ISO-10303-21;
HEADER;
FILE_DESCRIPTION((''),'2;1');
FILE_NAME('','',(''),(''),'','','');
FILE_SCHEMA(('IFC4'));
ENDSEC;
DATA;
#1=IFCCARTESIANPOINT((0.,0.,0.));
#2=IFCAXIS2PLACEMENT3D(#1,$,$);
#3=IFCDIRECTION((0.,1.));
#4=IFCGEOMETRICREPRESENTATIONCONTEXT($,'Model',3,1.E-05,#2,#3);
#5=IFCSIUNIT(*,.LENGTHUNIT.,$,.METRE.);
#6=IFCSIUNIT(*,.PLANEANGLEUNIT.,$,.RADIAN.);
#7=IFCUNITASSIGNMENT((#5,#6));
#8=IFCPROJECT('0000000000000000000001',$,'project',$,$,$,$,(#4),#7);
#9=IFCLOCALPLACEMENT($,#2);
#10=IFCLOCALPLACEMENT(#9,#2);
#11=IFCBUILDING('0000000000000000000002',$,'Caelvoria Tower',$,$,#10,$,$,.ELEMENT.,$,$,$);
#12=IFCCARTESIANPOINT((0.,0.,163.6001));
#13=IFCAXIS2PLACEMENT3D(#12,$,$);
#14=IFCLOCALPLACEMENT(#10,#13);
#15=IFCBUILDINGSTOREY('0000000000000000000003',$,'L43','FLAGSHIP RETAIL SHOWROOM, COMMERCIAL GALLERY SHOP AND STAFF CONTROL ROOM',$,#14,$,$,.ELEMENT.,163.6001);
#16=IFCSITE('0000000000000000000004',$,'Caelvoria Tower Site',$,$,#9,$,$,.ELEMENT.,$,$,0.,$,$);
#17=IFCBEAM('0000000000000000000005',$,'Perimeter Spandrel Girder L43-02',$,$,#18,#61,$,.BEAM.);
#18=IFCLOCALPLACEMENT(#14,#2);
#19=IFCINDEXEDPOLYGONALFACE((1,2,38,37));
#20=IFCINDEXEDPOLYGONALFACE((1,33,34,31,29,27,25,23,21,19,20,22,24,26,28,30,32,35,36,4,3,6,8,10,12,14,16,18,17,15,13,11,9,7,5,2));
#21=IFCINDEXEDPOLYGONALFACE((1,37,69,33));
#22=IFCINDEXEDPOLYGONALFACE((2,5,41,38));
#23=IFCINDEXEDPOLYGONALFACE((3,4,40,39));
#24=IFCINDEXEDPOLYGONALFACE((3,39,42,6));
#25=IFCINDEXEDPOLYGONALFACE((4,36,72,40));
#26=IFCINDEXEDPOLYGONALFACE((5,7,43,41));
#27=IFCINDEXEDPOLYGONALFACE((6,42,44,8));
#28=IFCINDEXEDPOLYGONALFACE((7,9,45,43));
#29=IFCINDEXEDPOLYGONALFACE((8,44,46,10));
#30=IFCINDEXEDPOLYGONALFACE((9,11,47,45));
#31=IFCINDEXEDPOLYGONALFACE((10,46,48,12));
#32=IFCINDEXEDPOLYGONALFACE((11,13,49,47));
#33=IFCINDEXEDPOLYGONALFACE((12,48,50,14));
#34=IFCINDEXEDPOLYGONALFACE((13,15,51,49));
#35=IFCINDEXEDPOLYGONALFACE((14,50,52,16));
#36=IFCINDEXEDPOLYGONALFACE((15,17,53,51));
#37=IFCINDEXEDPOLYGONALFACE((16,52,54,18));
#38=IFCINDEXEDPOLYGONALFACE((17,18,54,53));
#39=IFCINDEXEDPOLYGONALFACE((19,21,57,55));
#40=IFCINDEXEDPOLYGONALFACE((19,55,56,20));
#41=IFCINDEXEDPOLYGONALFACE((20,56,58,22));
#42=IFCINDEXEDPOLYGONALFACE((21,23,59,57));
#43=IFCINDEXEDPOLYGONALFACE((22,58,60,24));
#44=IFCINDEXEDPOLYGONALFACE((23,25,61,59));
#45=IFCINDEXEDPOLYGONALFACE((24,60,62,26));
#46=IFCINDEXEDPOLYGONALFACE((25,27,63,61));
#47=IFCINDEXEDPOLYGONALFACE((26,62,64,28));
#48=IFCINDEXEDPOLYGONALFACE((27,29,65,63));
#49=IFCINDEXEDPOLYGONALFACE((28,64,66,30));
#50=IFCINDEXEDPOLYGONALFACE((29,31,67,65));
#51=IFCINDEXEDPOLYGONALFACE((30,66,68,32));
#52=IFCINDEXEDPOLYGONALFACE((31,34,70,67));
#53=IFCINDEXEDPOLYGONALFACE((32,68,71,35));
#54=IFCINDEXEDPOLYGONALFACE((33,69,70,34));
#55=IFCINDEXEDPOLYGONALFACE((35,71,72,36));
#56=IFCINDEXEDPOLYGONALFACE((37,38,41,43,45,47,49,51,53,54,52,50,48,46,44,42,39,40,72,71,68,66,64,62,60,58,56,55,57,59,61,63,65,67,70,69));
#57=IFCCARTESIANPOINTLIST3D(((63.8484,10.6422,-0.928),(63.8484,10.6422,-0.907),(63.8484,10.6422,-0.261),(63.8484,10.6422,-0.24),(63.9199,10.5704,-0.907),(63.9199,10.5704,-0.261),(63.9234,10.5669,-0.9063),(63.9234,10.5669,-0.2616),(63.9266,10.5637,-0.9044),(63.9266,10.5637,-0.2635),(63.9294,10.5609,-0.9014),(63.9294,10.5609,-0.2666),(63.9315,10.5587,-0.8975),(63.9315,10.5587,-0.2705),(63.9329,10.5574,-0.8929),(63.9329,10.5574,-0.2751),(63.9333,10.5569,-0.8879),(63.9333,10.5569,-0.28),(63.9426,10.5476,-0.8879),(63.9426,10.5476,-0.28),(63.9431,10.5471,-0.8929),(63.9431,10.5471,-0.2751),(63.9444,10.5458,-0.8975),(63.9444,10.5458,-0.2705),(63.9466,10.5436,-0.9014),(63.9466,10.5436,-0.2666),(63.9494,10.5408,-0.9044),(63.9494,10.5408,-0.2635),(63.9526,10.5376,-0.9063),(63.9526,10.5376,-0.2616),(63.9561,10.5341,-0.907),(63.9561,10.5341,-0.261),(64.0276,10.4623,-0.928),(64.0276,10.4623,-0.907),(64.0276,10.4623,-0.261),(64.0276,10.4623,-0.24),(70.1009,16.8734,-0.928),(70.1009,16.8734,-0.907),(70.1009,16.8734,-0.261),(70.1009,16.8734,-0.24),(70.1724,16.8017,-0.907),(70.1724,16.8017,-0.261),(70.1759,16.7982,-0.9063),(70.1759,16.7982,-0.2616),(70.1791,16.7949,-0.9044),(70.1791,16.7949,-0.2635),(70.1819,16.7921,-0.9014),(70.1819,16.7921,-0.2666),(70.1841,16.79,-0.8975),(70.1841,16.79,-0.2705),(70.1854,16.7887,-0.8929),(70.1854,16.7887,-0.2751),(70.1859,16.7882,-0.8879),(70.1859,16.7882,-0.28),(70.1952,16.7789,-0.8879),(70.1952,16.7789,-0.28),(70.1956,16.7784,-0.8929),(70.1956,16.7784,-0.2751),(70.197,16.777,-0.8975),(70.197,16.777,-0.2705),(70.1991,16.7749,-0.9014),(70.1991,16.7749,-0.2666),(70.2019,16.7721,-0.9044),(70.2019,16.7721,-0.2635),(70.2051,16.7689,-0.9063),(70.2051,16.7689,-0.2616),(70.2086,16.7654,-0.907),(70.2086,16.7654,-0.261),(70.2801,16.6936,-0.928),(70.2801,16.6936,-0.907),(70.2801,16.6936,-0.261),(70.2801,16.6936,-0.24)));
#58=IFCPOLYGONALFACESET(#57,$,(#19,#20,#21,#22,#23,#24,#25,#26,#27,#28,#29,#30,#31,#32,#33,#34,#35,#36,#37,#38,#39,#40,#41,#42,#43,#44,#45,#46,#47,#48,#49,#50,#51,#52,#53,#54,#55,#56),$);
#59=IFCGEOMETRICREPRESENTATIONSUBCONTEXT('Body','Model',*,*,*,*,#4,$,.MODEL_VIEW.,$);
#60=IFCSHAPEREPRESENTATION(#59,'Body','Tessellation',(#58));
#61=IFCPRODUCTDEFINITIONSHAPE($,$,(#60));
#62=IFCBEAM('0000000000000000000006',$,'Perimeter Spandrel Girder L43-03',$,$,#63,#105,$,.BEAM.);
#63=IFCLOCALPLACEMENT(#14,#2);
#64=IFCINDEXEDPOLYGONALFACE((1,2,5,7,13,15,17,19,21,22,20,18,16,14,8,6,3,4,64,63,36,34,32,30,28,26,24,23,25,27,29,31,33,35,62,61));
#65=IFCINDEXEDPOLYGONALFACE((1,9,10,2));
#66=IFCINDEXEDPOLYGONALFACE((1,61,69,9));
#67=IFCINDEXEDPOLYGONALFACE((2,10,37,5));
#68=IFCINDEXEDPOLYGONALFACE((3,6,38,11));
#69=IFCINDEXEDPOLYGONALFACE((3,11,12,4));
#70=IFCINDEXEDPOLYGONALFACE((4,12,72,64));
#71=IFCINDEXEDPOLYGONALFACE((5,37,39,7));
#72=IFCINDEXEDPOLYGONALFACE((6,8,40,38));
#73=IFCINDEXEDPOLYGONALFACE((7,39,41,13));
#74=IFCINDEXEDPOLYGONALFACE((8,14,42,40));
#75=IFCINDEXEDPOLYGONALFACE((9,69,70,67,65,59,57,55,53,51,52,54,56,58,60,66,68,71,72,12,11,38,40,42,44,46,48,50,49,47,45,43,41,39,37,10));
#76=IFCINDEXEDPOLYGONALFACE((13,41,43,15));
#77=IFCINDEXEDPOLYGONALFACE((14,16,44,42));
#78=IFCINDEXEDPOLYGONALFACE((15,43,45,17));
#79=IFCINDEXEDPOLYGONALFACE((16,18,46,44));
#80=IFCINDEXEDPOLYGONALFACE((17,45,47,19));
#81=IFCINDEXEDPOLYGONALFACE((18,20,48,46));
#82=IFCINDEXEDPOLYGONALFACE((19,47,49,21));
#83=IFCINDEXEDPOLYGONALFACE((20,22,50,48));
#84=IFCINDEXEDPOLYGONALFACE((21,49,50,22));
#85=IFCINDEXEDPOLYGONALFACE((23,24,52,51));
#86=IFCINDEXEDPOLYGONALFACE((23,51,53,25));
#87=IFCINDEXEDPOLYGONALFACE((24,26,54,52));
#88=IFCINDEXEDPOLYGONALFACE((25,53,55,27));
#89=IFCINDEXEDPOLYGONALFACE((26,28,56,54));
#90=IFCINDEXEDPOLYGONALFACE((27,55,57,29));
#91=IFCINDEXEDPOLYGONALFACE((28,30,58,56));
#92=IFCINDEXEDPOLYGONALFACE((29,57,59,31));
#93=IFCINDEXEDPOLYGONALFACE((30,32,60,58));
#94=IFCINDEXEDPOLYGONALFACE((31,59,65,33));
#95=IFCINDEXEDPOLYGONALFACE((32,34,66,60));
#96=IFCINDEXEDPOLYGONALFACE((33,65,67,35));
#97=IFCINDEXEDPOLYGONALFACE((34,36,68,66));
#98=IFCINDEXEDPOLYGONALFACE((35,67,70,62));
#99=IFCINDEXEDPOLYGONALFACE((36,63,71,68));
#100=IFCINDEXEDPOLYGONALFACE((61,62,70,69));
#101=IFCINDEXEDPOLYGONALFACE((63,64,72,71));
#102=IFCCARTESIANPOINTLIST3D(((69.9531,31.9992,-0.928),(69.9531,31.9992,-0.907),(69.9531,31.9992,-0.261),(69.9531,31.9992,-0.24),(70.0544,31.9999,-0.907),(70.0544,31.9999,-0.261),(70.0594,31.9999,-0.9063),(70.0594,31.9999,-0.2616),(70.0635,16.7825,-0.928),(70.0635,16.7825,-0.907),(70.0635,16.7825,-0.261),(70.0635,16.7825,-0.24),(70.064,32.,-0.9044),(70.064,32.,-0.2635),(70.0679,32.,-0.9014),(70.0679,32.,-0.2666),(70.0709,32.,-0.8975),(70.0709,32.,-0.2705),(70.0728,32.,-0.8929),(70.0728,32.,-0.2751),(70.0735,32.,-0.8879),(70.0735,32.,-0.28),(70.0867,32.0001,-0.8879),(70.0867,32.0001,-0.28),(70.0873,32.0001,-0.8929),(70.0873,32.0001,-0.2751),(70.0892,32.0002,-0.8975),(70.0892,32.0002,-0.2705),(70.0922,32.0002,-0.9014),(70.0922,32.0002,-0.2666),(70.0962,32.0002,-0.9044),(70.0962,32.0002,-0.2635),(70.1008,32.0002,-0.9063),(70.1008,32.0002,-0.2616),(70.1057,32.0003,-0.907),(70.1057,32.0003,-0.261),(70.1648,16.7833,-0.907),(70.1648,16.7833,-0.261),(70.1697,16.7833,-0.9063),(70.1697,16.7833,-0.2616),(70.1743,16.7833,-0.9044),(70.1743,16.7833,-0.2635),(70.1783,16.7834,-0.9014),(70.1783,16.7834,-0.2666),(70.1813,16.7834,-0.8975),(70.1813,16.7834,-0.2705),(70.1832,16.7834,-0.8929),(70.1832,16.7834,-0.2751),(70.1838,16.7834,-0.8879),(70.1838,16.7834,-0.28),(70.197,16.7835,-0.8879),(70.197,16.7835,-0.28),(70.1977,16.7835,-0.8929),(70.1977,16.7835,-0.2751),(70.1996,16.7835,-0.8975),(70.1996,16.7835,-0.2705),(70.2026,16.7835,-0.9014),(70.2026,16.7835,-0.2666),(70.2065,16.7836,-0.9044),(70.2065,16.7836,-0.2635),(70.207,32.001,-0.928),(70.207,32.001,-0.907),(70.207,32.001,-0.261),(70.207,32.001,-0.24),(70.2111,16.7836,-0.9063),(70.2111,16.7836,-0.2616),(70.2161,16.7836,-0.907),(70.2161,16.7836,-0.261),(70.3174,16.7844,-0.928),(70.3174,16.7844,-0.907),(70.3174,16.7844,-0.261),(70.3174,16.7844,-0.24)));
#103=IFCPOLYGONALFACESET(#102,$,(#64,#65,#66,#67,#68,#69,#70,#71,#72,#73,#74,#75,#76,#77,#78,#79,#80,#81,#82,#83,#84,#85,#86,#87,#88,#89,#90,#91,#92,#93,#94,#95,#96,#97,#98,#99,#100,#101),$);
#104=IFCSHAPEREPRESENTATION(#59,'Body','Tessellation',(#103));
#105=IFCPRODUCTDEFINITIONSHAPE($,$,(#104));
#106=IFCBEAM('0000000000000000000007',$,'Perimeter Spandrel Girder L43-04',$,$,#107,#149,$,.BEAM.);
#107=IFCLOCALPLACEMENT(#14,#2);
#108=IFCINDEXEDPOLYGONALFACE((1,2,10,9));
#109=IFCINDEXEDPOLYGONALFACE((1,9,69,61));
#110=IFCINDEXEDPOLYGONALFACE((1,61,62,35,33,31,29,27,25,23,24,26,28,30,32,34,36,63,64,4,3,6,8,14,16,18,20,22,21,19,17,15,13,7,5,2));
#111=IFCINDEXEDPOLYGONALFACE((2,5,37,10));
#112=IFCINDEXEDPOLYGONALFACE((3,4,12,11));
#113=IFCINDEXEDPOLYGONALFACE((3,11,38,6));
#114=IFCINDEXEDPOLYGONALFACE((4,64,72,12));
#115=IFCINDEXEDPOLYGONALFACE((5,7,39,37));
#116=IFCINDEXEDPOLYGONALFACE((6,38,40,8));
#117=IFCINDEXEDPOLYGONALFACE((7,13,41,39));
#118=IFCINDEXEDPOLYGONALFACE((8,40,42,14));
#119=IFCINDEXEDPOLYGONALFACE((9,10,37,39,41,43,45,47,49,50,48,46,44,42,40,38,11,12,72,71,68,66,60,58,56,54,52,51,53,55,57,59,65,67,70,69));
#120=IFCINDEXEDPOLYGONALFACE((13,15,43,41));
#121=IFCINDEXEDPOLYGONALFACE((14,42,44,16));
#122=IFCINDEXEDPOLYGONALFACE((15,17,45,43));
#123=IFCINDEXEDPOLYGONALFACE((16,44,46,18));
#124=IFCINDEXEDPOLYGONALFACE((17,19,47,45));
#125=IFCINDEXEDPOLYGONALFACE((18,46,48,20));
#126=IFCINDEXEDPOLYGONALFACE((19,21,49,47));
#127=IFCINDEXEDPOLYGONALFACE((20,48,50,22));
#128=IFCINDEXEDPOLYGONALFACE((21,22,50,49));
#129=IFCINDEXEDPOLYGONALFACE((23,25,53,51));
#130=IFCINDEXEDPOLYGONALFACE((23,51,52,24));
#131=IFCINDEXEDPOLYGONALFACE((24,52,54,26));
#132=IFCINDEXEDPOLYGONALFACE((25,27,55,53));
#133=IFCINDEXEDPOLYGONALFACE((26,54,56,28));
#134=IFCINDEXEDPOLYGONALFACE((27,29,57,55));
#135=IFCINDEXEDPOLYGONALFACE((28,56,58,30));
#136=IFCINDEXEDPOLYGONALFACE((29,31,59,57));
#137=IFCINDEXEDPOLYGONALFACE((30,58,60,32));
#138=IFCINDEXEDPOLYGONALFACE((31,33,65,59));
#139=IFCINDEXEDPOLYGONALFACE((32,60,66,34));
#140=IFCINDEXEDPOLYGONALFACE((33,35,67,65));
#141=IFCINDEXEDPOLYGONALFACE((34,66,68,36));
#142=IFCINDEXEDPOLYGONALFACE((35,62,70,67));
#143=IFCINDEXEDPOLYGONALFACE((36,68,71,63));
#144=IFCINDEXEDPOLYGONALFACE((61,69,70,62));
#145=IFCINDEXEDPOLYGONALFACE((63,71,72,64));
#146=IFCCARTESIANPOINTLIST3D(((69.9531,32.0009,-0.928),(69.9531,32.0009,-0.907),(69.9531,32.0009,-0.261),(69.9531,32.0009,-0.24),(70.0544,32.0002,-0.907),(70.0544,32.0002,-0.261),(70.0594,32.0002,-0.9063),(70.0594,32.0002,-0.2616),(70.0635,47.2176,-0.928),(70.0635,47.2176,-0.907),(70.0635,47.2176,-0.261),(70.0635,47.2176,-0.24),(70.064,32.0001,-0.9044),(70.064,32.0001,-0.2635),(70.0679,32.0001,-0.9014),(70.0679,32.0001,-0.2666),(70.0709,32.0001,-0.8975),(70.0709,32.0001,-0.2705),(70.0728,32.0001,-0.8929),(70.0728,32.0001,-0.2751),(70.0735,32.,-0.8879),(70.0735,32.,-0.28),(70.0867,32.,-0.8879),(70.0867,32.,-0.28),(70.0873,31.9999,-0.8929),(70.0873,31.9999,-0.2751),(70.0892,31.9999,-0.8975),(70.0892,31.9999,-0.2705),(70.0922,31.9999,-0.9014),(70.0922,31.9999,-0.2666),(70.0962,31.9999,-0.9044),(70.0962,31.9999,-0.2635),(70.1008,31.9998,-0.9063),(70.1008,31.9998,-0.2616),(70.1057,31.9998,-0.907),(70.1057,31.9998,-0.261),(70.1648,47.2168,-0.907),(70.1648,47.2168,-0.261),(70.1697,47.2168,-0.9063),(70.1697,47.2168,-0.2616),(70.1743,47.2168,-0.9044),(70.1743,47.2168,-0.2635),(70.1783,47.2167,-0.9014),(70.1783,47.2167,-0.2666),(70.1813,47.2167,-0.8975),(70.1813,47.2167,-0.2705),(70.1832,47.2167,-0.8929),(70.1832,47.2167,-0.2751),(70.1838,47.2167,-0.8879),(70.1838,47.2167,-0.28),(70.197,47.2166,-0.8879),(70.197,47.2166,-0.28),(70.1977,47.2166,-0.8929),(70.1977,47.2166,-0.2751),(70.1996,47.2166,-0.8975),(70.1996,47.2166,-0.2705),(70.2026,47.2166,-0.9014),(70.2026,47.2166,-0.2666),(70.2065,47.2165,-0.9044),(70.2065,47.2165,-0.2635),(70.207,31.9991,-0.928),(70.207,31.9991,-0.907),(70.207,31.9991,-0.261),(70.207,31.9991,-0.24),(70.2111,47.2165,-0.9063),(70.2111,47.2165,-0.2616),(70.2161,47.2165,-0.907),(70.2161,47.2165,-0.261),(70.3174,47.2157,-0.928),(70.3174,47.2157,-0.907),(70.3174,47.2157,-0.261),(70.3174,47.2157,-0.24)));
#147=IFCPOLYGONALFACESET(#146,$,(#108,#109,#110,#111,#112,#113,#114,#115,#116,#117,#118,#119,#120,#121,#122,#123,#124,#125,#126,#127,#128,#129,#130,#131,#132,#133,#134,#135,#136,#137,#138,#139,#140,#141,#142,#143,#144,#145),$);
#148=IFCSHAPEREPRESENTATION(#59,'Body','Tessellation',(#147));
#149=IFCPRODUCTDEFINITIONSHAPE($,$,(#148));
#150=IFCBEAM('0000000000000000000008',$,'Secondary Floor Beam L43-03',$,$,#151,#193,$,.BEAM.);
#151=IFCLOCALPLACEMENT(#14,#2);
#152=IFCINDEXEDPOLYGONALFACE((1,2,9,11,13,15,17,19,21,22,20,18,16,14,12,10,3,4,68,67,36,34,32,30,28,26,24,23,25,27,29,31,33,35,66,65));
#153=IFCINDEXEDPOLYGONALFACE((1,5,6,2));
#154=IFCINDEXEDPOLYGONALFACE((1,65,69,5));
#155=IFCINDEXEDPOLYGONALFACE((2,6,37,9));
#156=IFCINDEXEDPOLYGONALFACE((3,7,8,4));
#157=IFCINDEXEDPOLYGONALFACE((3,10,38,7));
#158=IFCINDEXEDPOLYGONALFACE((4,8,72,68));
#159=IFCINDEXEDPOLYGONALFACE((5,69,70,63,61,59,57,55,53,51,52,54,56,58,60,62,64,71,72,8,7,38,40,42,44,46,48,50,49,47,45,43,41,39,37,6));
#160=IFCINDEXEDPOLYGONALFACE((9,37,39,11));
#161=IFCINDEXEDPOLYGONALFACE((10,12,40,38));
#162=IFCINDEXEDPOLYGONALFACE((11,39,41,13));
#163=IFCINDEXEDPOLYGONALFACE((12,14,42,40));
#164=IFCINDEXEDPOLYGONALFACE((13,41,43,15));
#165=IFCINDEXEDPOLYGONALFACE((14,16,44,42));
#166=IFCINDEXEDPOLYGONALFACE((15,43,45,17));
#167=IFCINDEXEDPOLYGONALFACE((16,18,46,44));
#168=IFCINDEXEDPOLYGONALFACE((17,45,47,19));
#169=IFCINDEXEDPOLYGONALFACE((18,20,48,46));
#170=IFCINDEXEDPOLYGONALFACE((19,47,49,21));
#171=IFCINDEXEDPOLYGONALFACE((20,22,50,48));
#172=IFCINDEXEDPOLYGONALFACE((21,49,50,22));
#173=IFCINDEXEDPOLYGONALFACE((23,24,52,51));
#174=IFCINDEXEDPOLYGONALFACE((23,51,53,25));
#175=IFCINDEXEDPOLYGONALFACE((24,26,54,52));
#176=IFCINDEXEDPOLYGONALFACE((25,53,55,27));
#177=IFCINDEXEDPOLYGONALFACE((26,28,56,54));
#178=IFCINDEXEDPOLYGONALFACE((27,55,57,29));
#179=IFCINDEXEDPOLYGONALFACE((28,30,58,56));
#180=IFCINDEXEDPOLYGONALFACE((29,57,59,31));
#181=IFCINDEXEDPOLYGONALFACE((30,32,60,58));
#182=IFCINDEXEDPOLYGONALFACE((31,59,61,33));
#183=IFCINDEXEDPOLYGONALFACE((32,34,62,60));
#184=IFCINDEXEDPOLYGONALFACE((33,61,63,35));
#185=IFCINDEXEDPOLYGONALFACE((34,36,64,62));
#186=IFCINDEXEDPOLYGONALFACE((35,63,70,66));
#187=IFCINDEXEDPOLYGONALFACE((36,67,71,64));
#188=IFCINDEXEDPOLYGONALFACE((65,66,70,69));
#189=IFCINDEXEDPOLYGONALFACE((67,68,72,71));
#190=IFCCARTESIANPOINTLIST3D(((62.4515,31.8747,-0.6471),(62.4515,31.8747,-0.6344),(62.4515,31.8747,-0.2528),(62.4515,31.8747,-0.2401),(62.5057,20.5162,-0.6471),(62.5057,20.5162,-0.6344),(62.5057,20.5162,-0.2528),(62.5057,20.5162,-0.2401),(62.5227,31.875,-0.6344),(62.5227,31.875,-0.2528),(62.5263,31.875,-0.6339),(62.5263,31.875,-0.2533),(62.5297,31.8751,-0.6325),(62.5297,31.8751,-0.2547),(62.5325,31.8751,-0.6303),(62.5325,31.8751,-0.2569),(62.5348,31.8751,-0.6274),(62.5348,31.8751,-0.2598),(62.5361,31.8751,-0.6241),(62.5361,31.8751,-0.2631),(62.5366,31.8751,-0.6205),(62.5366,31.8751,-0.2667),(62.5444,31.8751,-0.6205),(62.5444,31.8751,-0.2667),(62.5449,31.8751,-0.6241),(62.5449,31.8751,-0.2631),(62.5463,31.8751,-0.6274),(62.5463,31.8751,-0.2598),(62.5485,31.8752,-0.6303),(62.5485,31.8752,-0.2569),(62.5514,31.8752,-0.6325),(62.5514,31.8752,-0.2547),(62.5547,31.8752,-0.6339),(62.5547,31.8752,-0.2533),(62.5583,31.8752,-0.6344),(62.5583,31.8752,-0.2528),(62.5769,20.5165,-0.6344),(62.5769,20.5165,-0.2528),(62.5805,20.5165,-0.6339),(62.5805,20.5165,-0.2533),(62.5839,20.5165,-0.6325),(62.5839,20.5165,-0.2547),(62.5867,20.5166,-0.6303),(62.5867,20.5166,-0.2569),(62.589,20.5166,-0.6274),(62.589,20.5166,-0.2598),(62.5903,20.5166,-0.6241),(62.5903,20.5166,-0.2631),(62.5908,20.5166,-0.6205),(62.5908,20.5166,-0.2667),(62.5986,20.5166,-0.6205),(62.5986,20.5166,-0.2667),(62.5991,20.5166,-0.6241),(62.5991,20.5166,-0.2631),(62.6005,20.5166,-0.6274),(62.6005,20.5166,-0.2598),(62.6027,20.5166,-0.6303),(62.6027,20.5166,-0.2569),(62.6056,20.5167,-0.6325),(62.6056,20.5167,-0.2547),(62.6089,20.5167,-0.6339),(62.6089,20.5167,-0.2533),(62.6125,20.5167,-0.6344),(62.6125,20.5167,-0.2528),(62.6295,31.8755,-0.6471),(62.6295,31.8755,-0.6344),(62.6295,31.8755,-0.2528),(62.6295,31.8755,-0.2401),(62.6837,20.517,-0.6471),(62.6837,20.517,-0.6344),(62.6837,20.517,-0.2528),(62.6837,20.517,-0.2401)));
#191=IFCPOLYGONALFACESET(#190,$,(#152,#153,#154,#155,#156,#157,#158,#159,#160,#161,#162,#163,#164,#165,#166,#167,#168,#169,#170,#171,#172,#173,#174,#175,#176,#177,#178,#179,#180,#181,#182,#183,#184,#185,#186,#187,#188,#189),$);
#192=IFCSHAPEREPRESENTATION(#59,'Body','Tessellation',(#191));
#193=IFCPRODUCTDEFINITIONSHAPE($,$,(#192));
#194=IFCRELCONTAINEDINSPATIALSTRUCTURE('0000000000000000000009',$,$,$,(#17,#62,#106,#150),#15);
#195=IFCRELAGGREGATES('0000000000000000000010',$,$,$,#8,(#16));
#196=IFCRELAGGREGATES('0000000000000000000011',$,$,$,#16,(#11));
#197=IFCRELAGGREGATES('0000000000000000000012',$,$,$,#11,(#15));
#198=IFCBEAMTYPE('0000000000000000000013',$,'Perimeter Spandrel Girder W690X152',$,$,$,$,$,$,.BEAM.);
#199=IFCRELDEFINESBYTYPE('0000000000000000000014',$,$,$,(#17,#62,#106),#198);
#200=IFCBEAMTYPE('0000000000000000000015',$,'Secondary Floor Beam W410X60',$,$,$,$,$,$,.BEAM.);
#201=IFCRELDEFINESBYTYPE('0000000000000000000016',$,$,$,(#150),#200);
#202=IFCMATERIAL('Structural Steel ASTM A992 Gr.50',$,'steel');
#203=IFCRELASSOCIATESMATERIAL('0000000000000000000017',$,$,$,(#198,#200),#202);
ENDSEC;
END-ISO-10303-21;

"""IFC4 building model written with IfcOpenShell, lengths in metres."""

from ifc_helpers import new_model, si_unit, direction, frame, origin, origin_2d, place, context, subcontext, project, spatial, i_section, extrude, material, material_profile, profile_set, type_object, element, save


model = new_model("IFC4")

# Units and contexts
model_context = context("Model", 3, precision=1e-05, world=origin(), true_north=direction((0.0, 1.0)))
body_context = subcontext(model_context, "Body", "Model", "MODEL_VIEW")
ifc_project = project(units=[si_unit("LENGTHUNIT", "METRE"), si_unit("PLANEANGLEUNIT", "RADIAN")], contexts=[model_context])

# Site, building, storey
site_placement = place(None, origin())
site = spatial("IfcSite", under=ifc_project, at=site_placement, Name="Caelvoria Tower Site", CompositionType="ELEMENT", RefElevation=0.0)
building_placement = place(site_placement, origin())
building = spatial("IfcBuilding", under=site, at=building_placement, Name="Caelvoria Tower", CompositionType="ELEMENT")
storey_placement = place(building_placement, frame((0.0, 0.0, 163.6001)))
storey = spatial("IfcBuildingStorey", under=building, at=storey_placement, Name="L43", Description="FLAGSHIP RETAIL SHOWROOM, COMMERCIAL GALLERY SHOP AND STAFF CONTROL ROOM", CompositionType="ELEMENT", Elevation=163.6001)

# Shared definitions
ifc_material_1 = material(Name="Structural Steel ASTM A992 Gr.50", Category="steel")

# Beams
ifc_material_profile_1 = material_profile(ifc_material_1, i_section(OverallWidth=0.2539, OverallDepth=0.688, WebThickness=0.0132, FlangeThickness=0.021, FilletRadius=0.019, at=origin_2d()), Name="Structural Steel ASTM A992 Gr.50")
ifc_profile_set_1 = profile_set([ifc_material_profile_1], Name="W690X152 - Structural Steel ASTM A992 Gr.50")
beam_type_1 = type_object("IfcBeamType", Name="Perimeter Spandrel Girder W690X152", PredefinedType="BEAM", material=ifc_profile_set_1)
beam_1_placement = place(storey_placement, frame((63.938, 10.5522, -0.584), z_axis=(0.708309, 0.705903, 0.0), x_axis=(-0.705903, 0.708309, 0.0)))
element("IfcBeam", 1, at=beam_1_placement, inside=storey, type_object=beam_type_1, Name="Perimeter Spandrel Girder L43-02", PredefinedType="BEAM", context=body_context, shape_type="SweptSolid", body=[
    extrude(i_section(OverallWidth=0.2539, OverallDepth=0.688, WebThickness=0.0132, FlangeThickness=0.021, FilletRadius=0.019, at=origin_2d()), origin(), (0.0, 0.0, 1.0), 8.8274),
])
for number, where, z_axis, x_axis, name in (
    (2, (70.1904, 16.7834, -0.584), (-0.007252, 0.999974, 0.0), (-0.999974, -0.007252, 0.0), "Perimeter Spandrel Girder L43-03"),
    (3, (70.0801, 32.0, -0.584), (0.007252, 0.999974, 0.0), (-0.999974, 0.007252, 0.0), "Perimeter Spandrel Girder L43-04"),
):
    element("IfcBeam", number, at=place(storey_placement, frame(where, z_axis=z_axis, x_axis=x_axis)), inside=storey, type_object=beam_type_1, Name=name, PredefinedType="BEAM", context=body_context, shape_type="SweptSolid", body=[
        extrude(i_section(OverallWidth=0.2539, OverallDepth=0.688, WebThickness=0.0132, FlangeThickness=0.021, FilletRadius=0.019, at=origin_2d()), origin(), (0.0, 0.0, 1.0), 15.217),
    ])
ifc_material_profile_2 = material_profile(ifc_material_1, i_section(OverallWidth=0.178, OverallDepth=0.407, WebThickness=0.0078, FlangeThickness=0.0127, FilletRadius=0.0139, at=origin_2d()), Name="Structural Steel ASTM A992 Gr.50")
ifc_profile_set_2 = profile_set([ifc_material_profile_2], Name="W410X60 - Structural Steel ASTM A992 Gr.50")
beam_type_2 = type_object("IfcBeamType", Name="Secondary Floor Beam W410X60", PredefinedType="BEAM", material=ifc_profile_set_2)
beam_2_placement = place(storey_placement, frame((62.5947, 20.5166, -0.4436), z_axis=(-0.004772, 0.999989, 0.0), x_axis=(-0.999989, -0.004772, 0.0)))
element("IfcBeam", 4, at=beam_2_placement, inside=storey, type_object=beam_type_2, Name="Secondary Floor Beam L43-03", PredefinedType="BEAM", context=body_context, shape_type="SweptSolid", body=[
    extrude(i_section(OverallWidth=0.178, OverallDepth=0.407, WebThickness=0.0078, FlangeThickness=0.0127, FilletRadius=0.0139, at=origin_2d()), origin(), (0.0, 0.0, 1.0), 11.3586),
])

save(model, "model.ifc")
